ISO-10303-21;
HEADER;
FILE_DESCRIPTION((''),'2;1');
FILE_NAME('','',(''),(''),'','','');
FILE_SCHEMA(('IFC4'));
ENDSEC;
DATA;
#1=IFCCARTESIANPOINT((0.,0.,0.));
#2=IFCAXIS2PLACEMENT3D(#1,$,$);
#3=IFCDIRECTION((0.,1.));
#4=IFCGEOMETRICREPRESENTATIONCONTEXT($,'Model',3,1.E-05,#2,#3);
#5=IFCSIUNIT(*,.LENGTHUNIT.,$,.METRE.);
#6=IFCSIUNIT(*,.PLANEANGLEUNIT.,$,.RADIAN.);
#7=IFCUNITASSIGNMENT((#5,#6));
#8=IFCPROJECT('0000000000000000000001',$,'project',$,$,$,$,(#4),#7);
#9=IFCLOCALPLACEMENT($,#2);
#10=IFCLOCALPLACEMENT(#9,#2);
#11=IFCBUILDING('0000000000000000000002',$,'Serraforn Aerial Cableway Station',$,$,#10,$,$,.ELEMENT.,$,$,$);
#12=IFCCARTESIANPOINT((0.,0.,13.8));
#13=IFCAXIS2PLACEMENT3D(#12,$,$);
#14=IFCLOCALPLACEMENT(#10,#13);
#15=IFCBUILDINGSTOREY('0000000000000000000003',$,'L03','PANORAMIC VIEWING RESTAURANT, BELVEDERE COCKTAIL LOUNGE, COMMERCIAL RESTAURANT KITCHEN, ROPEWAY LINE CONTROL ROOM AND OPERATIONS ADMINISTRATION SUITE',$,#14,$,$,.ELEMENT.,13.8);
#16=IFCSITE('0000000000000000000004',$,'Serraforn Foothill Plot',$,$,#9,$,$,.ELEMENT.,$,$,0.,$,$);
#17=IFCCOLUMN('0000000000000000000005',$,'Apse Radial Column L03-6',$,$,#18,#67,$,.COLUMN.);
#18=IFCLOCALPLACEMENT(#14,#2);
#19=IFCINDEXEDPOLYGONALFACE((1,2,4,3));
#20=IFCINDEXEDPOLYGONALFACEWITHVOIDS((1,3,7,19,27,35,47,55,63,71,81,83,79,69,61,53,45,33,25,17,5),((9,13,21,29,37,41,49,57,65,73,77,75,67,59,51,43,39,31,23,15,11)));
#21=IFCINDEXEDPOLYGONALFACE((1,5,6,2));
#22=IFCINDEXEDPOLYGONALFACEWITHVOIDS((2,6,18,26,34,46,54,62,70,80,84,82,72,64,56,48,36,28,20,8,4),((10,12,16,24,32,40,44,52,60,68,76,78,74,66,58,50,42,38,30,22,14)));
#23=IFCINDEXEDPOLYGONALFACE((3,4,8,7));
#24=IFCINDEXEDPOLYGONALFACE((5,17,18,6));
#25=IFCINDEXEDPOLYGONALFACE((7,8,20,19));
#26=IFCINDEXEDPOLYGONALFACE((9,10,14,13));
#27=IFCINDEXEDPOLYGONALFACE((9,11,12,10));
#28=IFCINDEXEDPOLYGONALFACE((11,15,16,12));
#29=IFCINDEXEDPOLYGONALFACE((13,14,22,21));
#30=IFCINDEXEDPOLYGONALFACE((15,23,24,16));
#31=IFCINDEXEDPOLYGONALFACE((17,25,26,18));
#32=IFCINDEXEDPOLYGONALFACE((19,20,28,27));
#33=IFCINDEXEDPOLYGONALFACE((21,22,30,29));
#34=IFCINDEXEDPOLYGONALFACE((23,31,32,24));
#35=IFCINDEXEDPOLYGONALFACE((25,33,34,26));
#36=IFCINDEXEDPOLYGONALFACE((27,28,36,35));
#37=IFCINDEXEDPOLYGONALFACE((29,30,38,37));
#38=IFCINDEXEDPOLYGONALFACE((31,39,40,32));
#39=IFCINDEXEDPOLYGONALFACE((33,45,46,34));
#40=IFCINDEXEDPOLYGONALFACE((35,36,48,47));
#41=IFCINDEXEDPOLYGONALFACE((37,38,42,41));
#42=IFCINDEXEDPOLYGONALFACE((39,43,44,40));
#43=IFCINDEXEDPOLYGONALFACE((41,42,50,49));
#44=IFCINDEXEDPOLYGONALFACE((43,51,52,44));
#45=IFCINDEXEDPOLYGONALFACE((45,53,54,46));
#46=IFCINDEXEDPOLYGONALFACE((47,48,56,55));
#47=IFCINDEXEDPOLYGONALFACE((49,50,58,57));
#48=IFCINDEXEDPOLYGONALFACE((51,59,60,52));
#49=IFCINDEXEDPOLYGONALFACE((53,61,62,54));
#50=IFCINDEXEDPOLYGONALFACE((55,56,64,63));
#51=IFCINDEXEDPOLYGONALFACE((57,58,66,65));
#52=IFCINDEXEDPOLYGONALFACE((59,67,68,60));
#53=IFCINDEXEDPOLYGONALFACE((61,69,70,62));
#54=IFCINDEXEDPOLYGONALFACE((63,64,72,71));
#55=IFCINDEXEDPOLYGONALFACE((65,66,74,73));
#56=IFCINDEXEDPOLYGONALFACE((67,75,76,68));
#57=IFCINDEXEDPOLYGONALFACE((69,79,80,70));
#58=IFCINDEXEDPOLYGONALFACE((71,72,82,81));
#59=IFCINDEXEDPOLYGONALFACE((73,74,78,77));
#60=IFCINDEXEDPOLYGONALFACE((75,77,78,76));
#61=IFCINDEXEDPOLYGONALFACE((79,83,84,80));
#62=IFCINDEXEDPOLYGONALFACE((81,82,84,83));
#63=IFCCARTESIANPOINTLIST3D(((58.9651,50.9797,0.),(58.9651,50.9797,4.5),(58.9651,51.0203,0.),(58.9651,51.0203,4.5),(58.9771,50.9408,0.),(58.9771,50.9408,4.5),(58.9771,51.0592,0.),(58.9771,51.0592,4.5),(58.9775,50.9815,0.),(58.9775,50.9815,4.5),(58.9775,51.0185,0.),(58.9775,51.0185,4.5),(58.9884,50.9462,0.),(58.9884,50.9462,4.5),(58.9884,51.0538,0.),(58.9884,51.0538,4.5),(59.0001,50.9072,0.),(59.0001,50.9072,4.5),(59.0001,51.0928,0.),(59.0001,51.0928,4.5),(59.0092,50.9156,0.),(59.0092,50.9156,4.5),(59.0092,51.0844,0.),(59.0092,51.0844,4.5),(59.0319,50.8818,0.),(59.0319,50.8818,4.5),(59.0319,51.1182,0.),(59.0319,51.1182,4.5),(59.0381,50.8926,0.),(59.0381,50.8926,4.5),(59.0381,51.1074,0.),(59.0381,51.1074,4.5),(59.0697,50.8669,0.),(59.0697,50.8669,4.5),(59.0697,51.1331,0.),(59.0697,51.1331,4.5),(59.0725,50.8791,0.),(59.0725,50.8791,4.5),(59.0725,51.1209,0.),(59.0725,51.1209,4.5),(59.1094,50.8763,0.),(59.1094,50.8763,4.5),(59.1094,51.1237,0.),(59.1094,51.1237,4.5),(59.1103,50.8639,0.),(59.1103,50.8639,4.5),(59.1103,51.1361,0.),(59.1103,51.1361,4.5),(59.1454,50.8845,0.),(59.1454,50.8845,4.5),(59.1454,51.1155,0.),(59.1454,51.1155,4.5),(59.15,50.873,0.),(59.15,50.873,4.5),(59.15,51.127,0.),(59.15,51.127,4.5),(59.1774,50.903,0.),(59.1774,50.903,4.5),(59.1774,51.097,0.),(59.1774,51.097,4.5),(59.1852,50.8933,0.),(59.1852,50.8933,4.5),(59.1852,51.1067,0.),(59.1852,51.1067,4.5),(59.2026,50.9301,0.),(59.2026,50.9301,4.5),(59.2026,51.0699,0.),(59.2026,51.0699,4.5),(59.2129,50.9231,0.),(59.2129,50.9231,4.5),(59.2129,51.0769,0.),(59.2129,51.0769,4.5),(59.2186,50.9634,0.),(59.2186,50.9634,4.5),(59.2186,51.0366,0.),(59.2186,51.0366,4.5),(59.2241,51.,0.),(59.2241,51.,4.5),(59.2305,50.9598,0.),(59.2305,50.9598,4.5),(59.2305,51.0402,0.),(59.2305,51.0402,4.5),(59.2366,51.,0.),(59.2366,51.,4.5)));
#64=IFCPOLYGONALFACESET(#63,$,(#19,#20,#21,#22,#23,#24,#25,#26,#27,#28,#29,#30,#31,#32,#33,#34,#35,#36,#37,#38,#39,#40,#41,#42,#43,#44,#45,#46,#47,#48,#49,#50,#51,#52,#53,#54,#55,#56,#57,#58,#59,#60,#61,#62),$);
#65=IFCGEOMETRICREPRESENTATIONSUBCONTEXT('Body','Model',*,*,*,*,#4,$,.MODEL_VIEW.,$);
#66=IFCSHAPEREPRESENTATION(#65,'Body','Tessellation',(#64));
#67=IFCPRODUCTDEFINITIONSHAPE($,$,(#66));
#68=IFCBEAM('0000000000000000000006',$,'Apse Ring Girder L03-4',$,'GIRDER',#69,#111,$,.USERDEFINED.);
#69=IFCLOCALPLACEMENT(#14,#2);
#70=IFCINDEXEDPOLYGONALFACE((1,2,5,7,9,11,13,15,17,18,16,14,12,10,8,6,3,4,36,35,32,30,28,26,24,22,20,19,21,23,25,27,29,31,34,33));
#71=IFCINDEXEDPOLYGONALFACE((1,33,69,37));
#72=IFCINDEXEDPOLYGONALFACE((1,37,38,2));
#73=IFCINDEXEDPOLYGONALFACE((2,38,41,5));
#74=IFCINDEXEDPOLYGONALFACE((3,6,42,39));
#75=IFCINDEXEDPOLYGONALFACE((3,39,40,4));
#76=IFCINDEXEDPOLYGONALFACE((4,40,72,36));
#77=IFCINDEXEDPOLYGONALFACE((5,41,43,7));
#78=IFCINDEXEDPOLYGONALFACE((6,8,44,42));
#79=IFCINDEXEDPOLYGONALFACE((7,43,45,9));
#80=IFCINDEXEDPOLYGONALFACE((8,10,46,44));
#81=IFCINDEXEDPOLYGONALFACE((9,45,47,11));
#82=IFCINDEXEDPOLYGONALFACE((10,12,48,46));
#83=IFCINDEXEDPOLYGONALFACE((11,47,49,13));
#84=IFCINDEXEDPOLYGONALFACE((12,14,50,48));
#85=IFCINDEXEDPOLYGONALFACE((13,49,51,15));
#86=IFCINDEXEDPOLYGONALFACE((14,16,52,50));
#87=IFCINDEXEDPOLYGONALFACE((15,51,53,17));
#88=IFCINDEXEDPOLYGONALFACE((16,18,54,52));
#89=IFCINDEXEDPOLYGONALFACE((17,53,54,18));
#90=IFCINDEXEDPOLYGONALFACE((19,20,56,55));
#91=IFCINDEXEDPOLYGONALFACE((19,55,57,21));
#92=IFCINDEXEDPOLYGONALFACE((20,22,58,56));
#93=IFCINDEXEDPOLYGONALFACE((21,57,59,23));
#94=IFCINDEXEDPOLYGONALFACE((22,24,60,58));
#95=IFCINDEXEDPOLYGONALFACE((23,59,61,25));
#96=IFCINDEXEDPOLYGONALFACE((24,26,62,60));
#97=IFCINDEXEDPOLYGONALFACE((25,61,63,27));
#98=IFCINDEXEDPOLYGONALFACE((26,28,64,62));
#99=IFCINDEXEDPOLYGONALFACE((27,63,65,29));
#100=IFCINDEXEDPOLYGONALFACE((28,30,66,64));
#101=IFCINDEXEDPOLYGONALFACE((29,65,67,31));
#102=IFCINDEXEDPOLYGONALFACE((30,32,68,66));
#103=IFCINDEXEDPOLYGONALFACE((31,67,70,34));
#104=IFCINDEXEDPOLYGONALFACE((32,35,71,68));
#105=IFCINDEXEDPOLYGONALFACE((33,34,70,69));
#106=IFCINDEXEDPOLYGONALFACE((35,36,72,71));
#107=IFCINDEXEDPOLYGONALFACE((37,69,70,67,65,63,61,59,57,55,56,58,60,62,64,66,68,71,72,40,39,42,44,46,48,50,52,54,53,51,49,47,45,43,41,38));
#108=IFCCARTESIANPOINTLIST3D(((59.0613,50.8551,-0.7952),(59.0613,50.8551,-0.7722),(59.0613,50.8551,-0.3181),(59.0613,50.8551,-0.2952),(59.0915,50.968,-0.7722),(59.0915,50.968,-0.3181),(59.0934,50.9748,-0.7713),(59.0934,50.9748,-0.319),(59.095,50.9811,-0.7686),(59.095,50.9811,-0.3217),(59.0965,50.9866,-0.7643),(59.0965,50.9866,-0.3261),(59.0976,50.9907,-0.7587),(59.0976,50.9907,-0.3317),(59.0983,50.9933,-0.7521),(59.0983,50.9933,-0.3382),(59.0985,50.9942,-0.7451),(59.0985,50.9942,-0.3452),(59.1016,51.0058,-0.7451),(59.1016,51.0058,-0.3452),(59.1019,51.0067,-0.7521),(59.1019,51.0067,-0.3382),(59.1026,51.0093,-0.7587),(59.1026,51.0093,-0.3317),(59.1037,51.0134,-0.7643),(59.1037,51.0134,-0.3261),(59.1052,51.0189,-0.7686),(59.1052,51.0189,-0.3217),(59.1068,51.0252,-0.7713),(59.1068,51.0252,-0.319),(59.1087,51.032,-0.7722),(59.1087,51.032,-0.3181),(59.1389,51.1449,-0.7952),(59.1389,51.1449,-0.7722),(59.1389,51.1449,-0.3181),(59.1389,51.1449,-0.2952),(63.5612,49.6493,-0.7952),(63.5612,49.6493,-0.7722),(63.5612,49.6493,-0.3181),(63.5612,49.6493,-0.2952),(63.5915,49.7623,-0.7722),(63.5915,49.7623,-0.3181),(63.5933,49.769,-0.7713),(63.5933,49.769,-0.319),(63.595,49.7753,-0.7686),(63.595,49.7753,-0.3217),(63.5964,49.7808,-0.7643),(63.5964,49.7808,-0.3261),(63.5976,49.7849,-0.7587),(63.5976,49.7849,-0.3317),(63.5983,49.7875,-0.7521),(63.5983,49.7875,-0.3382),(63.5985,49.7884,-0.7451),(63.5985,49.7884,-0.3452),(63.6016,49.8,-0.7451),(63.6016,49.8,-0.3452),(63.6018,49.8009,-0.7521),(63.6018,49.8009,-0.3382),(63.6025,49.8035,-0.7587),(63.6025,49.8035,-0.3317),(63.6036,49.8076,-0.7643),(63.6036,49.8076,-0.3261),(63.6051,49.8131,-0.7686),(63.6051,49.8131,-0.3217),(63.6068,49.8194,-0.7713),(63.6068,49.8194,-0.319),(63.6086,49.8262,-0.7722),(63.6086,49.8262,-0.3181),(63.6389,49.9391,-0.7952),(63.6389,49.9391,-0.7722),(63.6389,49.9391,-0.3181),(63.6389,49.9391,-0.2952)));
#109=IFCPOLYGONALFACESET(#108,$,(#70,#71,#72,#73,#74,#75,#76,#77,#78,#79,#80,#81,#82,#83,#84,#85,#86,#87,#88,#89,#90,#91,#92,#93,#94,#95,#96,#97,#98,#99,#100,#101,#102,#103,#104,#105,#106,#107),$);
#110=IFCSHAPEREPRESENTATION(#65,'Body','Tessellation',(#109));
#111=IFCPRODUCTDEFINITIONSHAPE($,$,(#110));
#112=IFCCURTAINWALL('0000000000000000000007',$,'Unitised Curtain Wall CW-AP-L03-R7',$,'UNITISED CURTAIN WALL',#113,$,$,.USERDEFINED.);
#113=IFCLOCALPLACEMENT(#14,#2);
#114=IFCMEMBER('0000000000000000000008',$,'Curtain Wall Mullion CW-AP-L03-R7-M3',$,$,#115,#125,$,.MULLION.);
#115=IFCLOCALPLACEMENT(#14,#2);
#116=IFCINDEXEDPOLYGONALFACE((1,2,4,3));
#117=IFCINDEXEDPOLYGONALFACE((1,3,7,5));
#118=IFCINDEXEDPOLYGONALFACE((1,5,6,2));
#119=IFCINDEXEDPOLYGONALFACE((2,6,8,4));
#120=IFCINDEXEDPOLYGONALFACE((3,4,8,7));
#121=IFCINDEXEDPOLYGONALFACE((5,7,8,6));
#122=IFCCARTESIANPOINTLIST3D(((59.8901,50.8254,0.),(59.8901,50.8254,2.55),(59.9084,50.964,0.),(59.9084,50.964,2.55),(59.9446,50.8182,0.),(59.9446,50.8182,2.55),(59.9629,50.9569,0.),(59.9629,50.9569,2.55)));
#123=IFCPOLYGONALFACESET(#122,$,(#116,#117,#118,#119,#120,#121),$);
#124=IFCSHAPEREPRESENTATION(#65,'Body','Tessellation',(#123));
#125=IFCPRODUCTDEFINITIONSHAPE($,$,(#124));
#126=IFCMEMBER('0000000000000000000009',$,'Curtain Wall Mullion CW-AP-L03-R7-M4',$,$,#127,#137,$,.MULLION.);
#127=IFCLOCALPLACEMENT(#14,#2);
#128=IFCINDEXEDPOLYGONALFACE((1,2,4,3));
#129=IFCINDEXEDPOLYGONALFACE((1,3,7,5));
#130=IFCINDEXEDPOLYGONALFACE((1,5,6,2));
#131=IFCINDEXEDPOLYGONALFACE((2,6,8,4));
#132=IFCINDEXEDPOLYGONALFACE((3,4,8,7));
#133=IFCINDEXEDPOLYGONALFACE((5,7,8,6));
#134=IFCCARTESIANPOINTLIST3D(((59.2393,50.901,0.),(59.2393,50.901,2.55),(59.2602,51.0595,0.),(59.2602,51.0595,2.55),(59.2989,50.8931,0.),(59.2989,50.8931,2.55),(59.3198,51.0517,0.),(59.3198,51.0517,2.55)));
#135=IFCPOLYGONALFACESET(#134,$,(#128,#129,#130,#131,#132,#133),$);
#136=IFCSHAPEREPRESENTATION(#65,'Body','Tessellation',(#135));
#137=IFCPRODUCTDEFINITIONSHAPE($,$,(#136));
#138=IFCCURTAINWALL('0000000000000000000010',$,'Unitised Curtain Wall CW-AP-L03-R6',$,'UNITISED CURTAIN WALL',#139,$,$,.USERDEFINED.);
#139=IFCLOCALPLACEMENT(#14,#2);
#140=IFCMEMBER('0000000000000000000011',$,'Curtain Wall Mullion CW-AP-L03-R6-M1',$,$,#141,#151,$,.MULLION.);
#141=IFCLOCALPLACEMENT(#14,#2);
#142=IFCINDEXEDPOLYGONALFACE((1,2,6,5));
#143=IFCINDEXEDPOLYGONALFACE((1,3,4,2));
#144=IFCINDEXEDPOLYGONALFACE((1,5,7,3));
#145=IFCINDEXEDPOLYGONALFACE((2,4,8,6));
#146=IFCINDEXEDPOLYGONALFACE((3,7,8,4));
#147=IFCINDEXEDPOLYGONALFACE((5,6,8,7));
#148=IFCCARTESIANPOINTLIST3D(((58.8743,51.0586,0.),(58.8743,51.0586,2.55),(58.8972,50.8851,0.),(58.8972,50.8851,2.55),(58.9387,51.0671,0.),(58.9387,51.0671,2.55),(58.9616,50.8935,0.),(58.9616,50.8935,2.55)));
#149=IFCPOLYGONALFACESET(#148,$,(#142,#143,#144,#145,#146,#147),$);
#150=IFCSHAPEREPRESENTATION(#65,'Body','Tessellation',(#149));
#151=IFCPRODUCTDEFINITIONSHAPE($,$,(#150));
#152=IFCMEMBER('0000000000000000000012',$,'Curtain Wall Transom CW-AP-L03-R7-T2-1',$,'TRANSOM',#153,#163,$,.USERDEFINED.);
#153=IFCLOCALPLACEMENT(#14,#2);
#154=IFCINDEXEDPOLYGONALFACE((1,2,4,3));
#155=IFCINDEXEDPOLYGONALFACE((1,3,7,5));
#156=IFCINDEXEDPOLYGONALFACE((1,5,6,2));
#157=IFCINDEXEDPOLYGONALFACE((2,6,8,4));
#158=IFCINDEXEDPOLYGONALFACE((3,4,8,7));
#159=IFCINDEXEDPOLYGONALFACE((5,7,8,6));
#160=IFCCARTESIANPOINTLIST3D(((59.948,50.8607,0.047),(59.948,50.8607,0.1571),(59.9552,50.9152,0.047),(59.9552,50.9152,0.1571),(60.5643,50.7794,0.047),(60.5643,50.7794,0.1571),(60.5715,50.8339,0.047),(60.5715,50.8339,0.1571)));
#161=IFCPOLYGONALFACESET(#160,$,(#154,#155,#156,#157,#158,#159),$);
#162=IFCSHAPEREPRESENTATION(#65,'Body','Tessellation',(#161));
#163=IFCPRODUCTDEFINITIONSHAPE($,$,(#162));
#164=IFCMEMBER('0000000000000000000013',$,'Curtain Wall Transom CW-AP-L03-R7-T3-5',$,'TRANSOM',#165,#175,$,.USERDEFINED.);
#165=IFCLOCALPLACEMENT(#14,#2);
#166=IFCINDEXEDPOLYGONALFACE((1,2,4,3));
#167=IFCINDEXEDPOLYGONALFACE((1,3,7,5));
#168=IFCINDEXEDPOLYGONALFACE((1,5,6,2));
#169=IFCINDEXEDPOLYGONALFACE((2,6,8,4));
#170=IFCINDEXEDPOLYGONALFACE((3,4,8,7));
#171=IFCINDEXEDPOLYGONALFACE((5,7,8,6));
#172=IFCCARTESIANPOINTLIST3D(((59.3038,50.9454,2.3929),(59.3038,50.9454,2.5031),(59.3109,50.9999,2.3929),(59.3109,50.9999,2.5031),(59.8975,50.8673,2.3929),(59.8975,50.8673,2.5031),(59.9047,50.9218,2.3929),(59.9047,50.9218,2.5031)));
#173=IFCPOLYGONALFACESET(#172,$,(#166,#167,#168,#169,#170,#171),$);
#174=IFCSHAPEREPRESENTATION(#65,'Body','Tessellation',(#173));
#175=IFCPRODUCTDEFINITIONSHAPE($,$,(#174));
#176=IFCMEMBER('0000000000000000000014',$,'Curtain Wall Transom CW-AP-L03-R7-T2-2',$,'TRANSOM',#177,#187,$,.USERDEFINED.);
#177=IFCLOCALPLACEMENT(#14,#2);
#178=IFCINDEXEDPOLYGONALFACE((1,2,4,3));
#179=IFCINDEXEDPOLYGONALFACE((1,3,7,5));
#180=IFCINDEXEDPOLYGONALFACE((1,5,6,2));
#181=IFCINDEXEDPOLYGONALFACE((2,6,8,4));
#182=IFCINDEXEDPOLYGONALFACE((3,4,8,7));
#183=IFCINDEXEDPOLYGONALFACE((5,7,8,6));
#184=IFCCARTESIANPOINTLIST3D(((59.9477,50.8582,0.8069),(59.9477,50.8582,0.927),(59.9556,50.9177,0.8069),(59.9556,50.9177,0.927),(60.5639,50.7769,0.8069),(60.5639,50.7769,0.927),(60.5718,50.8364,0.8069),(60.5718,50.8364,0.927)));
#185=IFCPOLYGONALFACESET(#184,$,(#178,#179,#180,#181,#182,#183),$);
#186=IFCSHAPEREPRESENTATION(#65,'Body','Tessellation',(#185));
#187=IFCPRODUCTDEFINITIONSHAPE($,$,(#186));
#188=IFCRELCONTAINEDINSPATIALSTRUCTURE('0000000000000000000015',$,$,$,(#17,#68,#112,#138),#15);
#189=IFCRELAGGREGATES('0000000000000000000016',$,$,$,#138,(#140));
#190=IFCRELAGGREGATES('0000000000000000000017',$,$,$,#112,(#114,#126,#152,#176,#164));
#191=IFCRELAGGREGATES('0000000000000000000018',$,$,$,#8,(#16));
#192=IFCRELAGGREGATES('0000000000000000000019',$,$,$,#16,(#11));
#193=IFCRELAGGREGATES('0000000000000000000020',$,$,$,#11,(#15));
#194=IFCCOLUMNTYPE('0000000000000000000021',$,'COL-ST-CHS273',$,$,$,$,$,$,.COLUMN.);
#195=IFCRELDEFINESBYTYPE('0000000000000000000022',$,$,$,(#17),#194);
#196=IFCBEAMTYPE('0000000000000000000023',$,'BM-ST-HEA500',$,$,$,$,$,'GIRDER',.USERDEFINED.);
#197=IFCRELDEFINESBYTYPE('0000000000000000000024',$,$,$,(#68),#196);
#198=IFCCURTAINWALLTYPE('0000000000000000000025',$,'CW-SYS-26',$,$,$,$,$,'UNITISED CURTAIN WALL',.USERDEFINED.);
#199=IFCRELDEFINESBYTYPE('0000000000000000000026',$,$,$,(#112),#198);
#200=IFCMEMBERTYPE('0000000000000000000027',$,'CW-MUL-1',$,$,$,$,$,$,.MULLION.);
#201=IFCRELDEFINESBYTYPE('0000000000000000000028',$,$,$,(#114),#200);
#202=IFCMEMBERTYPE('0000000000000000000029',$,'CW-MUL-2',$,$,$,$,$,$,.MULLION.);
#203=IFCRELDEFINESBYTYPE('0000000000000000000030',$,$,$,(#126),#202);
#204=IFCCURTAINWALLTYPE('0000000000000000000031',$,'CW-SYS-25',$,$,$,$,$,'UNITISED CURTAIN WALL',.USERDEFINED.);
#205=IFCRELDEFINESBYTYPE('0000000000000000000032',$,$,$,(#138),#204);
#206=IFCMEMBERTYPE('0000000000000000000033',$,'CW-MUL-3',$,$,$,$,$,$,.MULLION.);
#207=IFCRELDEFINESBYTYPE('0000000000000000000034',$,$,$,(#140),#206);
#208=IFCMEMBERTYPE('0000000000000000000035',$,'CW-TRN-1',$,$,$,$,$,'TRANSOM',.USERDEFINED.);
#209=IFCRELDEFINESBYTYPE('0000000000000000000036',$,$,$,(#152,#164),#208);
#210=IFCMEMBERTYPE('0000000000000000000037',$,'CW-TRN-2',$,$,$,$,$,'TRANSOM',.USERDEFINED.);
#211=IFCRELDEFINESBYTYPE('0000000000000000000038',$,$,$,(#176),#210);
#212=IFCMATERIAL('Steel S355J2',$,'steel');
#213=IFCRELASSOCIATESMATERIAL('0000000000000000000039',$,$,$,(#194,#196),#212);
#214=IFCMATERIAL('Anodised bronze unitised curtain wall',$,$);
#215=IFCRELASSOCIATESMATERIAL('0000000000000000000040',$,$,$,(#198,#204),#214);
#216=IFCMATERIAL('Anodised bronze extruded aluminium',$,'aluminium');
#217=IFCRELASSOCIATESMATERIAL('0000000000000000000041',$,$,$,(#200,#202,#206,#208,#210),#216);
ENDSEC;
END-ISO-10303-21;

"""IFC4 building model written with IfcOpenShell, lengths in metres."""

from ifc_helpers import new_model, si_unit, direction, frame, origin, origin_2d, place, context, subcontext, project, spatial, rectangle, hollow_circle, i_section, extrude, material, material_profile, profile_set, type_object, element, aggregate, save


model = new_model("IFC4")

# Units and contexts
model_context = context("Model", 3, precision=1e-05, world=origin(), true_north=direction((0.0, 1.0)))
body_context = subcontext(model_context, "Body", "Model", "MODEL_VIEW")
ifc_project = project(units=[si_unit("LENGTHUNIT", "METRE"), si_unit("PLANEANGLEUNIT", "RADIAN")], contexts=[model_context])

# Site, building, storey
site_placement = place(None, origin())
site = spatial("IfcSite", under=ifc_project, at=site_placement, Name="Serraforn Foothill Plot", CompositionType="ELEMENT", RefElevation=0.0)
building_placement = place(site_placement, origin())
building = spatial("IfcBuilding", under=site, at=building_placement, Name="Serraforn Aerial Cableway Station", CompositionType="ELEMENT")
storey_placement = place(building_placement, frame((0.0, 0.0, 13.8)))
storey = spatial("IfcBuildingStorey", under=building, at=storey_placement, Name="L03", Description="PANORAMIC VIEWING RESTAURANT, BELVEDERE COCKTAIL LOUNGE, COMMERCIAL RESTAURANT KITCHEN, ROPEWAY LINE CONTROL ROOM AND OPERATIONS ADMINISTRATION SUITE", CompositionType="ELEMENT", Elevation=13.8)

# Column
ifc_material_1 = material(Name="Steel S355J2", Category="steel")
ifc_material_profile_1 = material_profile(ifc_material_1, hollow_circle(Radius=0.1365, WallThickness=0.0125, at=origin_2d()), Name="CHS 273.0x12.5")
ifc_profile_set_1 = profile_set([ifc_material_profile_1], Name="Steel S355J2")
column_type = type_object("IfcColumnType", Name="COL-ST-CHS273", PredefinedType="COLUMN", material=ifc_profile_set_1)
column_placement = place(storey_placement, frame((59.1001, 51.0, 0.0), z_axis=(0.0, 0.0, 1.0), x_axis=(1.0, 0.0, 0.0)))
element("IfcColumn", 1, at=column_placement, inside=storey, type_object=column_type, Name="Apse Radial Column L03-6", PredefinedType="COLUMN", context=body_context, shape_type="SweptSolid", body=[
    extrude(hollow_circle(Radius=0.1365, WallThickness=0.0125, at=origin_2d()), origin(), (0.0, 0.0, 1.0), 4.5),
])

# Beam
ifc_material_profile_2 = material_profile(ifc_material_1, i_section(OverallWidth=0.3, OverallDepth=0.5, WebThickness=0.012, FlangeThickness=0.0229, FilletRadius=0.0271, at=origin_2d()), Name="HEA 500")
ifc_profile_set_2 = profile_set([ifc_material_profile_2], Name="Steel S355J2")
beam_type = type_object("IfcBeamType", Name="BM-ST-HEA500", ElementType="GIRDER", PredefinedType="USERDEFINED", material=ifc_profile_set_2)
beam_placement = place(storey_placement, frame((59.1001, 51.0, -0.5452), z_axis=(0.965924, -0.258827, 0.0), x_axis=(0.258827, 0.965924, 0.0)))
element("IfcBeam", 2, at=beam_placement, inside=storey, type_object=beam_type, Name="Apse Ring Girder L03-4", ObjectType="GIRDER", PredefinedType="USERDEFINED", context=body_context, shape_type="SweptSolid", body=[
    extrude(i_section(OverallWidth=0.3, OverallDepth=0.5, WebThickness=0.012, FlangeThickness=0.0229, FilletRadius=0.0271, at=origin_2d()), origin(), (0.0, 0.0, 1.0), 4.6587),
])

# Curtain wall, members
ifc_material_2 = material(Name="Anodised bronze unitised curtain wall")
curtain_wall_type_1 = type_object("IfcCurtainWallType", Name="CW-SYS-26", ElementType="UNITISED CURTAIN WALL", PredefinedType="USERDEFINED", material=ifc_material_2)
curtain_wall_1_placement = place(storey_placement, origin())
curtain_wall_1 = element("IfcCurtainWall", 3, at=curtain_wall_1_placement, inside=storey, type_object=curtain_wall_type_1, Name="Unitised Curtain Wall CW-AP-L03-R7", ObjectType="UNITISED CURTAIN WALL", PredefinedType="USERDEFINED")
ifc_material_3 = material(Name="Anodised bronze extruded aluminium", Category="aluminium")
ifc_material_profile_3 = material_profile(ifc_material_3, rectangle(XDim=0.0549, YDim=0.1399, at=origin_2d()), Name="CW MULLION 55x140")
ifc_profile_set_3 = profile_set([ifc_material_profile_3], Name="Anodised bronze extruded aluminium")
member_type_1 = type_object("IfcMemberType", Name="CW-MUL-1", PredefinedType="MULLION", material=ifc_profile_set_3)
member_1_placement = place(storey_placement, frame((59.9265, 50.8911, 0.0), z_axis=(0.0, 0.0, 1.0), x_axis=(-0.991439, 0.130573, 0.0)))
member_1 = element("IfcMember", 4, at=member_1_placement, type_object=member_type_1, Name="Curtain Wall Mullion CW-AP-L03-R7-M3", PredefinedType="MULLION", context=body_context, shape_type="SweptSolid", body=[
    extrude(rectangle(XDim=0.0549, YDim=0.1399, at=origin_2d()), origin(), (0.0, 0.0, 1.0), 2.55),
])
ifc_material_profile_4 = material_profile(ifc_material_3, rectangle(XDim=0.0601, YDim=0.1599, at=origin_2d()), Name="CW MULLION 60x160")
ifc_profile_set_4 = profile_set([ifc_material_profile_4], Name="Anodised bronze extruded aluminium")
member_type_2 = type_object("IfcMemberType", Name="CW-MUL-2", PredefinedType="MULLION", material=ifc_profile_set_4)
member_2_placement = place(storey_placement, frame((59.2795, 50.9763, 0.0), z_axis=(0.0, 0.0, 1.0), x_axis=(-0.991439, 0.130573, 0.0)))
member_2 = element("IfcMember", 5, at=member_2_placement, type_object=member_type_2, Name="Curtain Wall Mullion CW-AP-L03-R7-M4", PredefinedType="MULLION", context=body_context, shape_type="SweptSolid", body=[
    extrude(rectangle(XDim=0.0601, YDim=0.1599, at=origin_2d()), origin(), (0.0, 0.0, 1.0), 2.55),
])

# Curtain wall, member
curtain_wall_type_2 = type_object("IfcCurtainWallType", Name="CW-SYS-25", ElementType="UNITISED CURTAIN WALL", PredefinedType="USERDEFINED", material=ifc_material_2)
curtain_wall_2_placement = place(storey_placement, origin())
curtain_wall_2 = element("IfcCurtainWall", 6, at=curtain_wall_2_placement, inside=storey, type_object=curtain_wall_type_2, Name="Unitised Curtain Wall CW-AP-L03-R6", ObjectType="UNITISED CURTAIN WALL", PredefinedType="USERDEFINED")
ifc_material_profile_5 = material_profile(ifc_material_3, rectangle(XDim=0.0649, YDim=0.175, at=origin_2d()), Name="CW MULLION 65x175")
ifc_profile_set_5 = profile_set([ifc_material_profile_5], Name="Anodised bronze extruded aluminium")
member_type_3 = type_object("IfcMemberType", Name="CW-MUL-3", PredefinedType="MULLION", material=ifc_profile_set_5)
member_3_placement = place(storey_placement, frame((58.918, 50.9761, 0.0), z_axis=(0.0, 0.0, 1.0), x_axis=(-0.991439, -0.130573, 0.0)))
member_3 = element("IfcMember", 7, at=member_3_placement, type_object=member_type_3, Name="Curtain Wall Mullion CW-AP-L03-R6-M1", PredefinedType="MULLION", context=body_context, shape_type="SweptSolid", body=[
    extrude(rectangle(XDim=0.0649, YDim=0.175, at=origin_2d()), origin(), (0.0, 0.0, 1.0), 2.55),
])

# Members
ifc_material_profile_6 = material_profile(ifc_material_3, rectangle(XDim=0.0549, YDim=0.1101, at=origin_2d()), Name="CW TRANSOM 55x110")
ifc_profile_set_6 = profile_set([ifc_material_profile_6], Name="Anodised bronze extruded aluminium")
member_type_4 = type_object("IfcMemberType", Name="CW-TRN-1", ElementType="TRANSOM", PredefinedType="USERDEFINED", material=ifc_profile_set_6)
member_4_placement = place(storey_placement, frame((60.5679, 50.8066, 0.1021), z_axis=(-0.991409, 0.1308, 0.0), x_axis=(-0.1308, -0.991409, 0.0)))
member_4 = element("IfcMember", 8, at=member_4_placement, type_object=member_type_4, Name="Curtain Wall Transom CW-AP-L03-R7-T2-1", ObjectType="TRANSOM", PredefinedType="USERDEFINED", context=body_context, shape_type="SweptSolid", body=[
    extrude(rectangle(XDim=0.0549, YDim=0.1101, at=origin_2d()), origin(), (0.0, 0.0, 1.0), 0.6216),
])
member_5_placement = place(storey_placement, frame((59.9011, 50.8945, 2.448), z_axis=(-0.991454, 0.130455, 0.0), x_axis=(-0.130455, -0.991454, 0.0)))
member_5 = element("IfcMember", 9, at=member_5_placement, type_object=member_type_4, Name="Curtain Wall Transom CW-AP-L03-R7-T3-5", ObjectType="TRANSOM", PredefinedType="USERDEFINED", context=body_context, shape_type="SweptSolid", body=[
    extrude(rectangle(XDim=0.0549, YDim=0.1101, at=origin_2d()), origin(), (0.0, 0.0, 1.0), 0.5989),
])
ifc_material_profile_7 = material_profile(ifc_material_3, rectangle(XDim=0.0601, YDim=0.1201, at=origin_2d()), Name="CW TRANSOM 60x120")
ifc_profile_set_7 = profile_set([ifc_material_profile_7], Name="Anodised bronze extruded aluminium")
member_type_5 = type_object("IfcMemberType", Name="CW-TRN-2", ElementType="TRANSOM", PredefinedType="USERDEFINED", material=ifc_profile_set_7)
member_6_placement = place(storey_placement, frame((60.5679, 50.8066, 0.8669), z_axis=(-0.991409, 0.1308, 0.0), x_axis=(-0.1308, -0.991409, 0.0)))
member_6 = element("IfcMember", 10, at=member_6_placement, type_object=member_type_5, Name="Curtain Wall Transom CW-AP-L03-R7-T2-2", ObjectType="TRANSOM", PredefinedType="USERDEFINED", context=body_context, shape_type="SweptSolid", body=[
    extrude(rectangle(XDim=0.0601, YDim=0.1201, at=origin_2d()), origin(), (0.0, 0.0, 1.0), 0.6216),
])
aggregate(curtain_wall_2, [member_3])

aggregate(curtain_wall_1, [member_1, member_2, member_4, member_6, member_5])

save(model, "model.ifc")
